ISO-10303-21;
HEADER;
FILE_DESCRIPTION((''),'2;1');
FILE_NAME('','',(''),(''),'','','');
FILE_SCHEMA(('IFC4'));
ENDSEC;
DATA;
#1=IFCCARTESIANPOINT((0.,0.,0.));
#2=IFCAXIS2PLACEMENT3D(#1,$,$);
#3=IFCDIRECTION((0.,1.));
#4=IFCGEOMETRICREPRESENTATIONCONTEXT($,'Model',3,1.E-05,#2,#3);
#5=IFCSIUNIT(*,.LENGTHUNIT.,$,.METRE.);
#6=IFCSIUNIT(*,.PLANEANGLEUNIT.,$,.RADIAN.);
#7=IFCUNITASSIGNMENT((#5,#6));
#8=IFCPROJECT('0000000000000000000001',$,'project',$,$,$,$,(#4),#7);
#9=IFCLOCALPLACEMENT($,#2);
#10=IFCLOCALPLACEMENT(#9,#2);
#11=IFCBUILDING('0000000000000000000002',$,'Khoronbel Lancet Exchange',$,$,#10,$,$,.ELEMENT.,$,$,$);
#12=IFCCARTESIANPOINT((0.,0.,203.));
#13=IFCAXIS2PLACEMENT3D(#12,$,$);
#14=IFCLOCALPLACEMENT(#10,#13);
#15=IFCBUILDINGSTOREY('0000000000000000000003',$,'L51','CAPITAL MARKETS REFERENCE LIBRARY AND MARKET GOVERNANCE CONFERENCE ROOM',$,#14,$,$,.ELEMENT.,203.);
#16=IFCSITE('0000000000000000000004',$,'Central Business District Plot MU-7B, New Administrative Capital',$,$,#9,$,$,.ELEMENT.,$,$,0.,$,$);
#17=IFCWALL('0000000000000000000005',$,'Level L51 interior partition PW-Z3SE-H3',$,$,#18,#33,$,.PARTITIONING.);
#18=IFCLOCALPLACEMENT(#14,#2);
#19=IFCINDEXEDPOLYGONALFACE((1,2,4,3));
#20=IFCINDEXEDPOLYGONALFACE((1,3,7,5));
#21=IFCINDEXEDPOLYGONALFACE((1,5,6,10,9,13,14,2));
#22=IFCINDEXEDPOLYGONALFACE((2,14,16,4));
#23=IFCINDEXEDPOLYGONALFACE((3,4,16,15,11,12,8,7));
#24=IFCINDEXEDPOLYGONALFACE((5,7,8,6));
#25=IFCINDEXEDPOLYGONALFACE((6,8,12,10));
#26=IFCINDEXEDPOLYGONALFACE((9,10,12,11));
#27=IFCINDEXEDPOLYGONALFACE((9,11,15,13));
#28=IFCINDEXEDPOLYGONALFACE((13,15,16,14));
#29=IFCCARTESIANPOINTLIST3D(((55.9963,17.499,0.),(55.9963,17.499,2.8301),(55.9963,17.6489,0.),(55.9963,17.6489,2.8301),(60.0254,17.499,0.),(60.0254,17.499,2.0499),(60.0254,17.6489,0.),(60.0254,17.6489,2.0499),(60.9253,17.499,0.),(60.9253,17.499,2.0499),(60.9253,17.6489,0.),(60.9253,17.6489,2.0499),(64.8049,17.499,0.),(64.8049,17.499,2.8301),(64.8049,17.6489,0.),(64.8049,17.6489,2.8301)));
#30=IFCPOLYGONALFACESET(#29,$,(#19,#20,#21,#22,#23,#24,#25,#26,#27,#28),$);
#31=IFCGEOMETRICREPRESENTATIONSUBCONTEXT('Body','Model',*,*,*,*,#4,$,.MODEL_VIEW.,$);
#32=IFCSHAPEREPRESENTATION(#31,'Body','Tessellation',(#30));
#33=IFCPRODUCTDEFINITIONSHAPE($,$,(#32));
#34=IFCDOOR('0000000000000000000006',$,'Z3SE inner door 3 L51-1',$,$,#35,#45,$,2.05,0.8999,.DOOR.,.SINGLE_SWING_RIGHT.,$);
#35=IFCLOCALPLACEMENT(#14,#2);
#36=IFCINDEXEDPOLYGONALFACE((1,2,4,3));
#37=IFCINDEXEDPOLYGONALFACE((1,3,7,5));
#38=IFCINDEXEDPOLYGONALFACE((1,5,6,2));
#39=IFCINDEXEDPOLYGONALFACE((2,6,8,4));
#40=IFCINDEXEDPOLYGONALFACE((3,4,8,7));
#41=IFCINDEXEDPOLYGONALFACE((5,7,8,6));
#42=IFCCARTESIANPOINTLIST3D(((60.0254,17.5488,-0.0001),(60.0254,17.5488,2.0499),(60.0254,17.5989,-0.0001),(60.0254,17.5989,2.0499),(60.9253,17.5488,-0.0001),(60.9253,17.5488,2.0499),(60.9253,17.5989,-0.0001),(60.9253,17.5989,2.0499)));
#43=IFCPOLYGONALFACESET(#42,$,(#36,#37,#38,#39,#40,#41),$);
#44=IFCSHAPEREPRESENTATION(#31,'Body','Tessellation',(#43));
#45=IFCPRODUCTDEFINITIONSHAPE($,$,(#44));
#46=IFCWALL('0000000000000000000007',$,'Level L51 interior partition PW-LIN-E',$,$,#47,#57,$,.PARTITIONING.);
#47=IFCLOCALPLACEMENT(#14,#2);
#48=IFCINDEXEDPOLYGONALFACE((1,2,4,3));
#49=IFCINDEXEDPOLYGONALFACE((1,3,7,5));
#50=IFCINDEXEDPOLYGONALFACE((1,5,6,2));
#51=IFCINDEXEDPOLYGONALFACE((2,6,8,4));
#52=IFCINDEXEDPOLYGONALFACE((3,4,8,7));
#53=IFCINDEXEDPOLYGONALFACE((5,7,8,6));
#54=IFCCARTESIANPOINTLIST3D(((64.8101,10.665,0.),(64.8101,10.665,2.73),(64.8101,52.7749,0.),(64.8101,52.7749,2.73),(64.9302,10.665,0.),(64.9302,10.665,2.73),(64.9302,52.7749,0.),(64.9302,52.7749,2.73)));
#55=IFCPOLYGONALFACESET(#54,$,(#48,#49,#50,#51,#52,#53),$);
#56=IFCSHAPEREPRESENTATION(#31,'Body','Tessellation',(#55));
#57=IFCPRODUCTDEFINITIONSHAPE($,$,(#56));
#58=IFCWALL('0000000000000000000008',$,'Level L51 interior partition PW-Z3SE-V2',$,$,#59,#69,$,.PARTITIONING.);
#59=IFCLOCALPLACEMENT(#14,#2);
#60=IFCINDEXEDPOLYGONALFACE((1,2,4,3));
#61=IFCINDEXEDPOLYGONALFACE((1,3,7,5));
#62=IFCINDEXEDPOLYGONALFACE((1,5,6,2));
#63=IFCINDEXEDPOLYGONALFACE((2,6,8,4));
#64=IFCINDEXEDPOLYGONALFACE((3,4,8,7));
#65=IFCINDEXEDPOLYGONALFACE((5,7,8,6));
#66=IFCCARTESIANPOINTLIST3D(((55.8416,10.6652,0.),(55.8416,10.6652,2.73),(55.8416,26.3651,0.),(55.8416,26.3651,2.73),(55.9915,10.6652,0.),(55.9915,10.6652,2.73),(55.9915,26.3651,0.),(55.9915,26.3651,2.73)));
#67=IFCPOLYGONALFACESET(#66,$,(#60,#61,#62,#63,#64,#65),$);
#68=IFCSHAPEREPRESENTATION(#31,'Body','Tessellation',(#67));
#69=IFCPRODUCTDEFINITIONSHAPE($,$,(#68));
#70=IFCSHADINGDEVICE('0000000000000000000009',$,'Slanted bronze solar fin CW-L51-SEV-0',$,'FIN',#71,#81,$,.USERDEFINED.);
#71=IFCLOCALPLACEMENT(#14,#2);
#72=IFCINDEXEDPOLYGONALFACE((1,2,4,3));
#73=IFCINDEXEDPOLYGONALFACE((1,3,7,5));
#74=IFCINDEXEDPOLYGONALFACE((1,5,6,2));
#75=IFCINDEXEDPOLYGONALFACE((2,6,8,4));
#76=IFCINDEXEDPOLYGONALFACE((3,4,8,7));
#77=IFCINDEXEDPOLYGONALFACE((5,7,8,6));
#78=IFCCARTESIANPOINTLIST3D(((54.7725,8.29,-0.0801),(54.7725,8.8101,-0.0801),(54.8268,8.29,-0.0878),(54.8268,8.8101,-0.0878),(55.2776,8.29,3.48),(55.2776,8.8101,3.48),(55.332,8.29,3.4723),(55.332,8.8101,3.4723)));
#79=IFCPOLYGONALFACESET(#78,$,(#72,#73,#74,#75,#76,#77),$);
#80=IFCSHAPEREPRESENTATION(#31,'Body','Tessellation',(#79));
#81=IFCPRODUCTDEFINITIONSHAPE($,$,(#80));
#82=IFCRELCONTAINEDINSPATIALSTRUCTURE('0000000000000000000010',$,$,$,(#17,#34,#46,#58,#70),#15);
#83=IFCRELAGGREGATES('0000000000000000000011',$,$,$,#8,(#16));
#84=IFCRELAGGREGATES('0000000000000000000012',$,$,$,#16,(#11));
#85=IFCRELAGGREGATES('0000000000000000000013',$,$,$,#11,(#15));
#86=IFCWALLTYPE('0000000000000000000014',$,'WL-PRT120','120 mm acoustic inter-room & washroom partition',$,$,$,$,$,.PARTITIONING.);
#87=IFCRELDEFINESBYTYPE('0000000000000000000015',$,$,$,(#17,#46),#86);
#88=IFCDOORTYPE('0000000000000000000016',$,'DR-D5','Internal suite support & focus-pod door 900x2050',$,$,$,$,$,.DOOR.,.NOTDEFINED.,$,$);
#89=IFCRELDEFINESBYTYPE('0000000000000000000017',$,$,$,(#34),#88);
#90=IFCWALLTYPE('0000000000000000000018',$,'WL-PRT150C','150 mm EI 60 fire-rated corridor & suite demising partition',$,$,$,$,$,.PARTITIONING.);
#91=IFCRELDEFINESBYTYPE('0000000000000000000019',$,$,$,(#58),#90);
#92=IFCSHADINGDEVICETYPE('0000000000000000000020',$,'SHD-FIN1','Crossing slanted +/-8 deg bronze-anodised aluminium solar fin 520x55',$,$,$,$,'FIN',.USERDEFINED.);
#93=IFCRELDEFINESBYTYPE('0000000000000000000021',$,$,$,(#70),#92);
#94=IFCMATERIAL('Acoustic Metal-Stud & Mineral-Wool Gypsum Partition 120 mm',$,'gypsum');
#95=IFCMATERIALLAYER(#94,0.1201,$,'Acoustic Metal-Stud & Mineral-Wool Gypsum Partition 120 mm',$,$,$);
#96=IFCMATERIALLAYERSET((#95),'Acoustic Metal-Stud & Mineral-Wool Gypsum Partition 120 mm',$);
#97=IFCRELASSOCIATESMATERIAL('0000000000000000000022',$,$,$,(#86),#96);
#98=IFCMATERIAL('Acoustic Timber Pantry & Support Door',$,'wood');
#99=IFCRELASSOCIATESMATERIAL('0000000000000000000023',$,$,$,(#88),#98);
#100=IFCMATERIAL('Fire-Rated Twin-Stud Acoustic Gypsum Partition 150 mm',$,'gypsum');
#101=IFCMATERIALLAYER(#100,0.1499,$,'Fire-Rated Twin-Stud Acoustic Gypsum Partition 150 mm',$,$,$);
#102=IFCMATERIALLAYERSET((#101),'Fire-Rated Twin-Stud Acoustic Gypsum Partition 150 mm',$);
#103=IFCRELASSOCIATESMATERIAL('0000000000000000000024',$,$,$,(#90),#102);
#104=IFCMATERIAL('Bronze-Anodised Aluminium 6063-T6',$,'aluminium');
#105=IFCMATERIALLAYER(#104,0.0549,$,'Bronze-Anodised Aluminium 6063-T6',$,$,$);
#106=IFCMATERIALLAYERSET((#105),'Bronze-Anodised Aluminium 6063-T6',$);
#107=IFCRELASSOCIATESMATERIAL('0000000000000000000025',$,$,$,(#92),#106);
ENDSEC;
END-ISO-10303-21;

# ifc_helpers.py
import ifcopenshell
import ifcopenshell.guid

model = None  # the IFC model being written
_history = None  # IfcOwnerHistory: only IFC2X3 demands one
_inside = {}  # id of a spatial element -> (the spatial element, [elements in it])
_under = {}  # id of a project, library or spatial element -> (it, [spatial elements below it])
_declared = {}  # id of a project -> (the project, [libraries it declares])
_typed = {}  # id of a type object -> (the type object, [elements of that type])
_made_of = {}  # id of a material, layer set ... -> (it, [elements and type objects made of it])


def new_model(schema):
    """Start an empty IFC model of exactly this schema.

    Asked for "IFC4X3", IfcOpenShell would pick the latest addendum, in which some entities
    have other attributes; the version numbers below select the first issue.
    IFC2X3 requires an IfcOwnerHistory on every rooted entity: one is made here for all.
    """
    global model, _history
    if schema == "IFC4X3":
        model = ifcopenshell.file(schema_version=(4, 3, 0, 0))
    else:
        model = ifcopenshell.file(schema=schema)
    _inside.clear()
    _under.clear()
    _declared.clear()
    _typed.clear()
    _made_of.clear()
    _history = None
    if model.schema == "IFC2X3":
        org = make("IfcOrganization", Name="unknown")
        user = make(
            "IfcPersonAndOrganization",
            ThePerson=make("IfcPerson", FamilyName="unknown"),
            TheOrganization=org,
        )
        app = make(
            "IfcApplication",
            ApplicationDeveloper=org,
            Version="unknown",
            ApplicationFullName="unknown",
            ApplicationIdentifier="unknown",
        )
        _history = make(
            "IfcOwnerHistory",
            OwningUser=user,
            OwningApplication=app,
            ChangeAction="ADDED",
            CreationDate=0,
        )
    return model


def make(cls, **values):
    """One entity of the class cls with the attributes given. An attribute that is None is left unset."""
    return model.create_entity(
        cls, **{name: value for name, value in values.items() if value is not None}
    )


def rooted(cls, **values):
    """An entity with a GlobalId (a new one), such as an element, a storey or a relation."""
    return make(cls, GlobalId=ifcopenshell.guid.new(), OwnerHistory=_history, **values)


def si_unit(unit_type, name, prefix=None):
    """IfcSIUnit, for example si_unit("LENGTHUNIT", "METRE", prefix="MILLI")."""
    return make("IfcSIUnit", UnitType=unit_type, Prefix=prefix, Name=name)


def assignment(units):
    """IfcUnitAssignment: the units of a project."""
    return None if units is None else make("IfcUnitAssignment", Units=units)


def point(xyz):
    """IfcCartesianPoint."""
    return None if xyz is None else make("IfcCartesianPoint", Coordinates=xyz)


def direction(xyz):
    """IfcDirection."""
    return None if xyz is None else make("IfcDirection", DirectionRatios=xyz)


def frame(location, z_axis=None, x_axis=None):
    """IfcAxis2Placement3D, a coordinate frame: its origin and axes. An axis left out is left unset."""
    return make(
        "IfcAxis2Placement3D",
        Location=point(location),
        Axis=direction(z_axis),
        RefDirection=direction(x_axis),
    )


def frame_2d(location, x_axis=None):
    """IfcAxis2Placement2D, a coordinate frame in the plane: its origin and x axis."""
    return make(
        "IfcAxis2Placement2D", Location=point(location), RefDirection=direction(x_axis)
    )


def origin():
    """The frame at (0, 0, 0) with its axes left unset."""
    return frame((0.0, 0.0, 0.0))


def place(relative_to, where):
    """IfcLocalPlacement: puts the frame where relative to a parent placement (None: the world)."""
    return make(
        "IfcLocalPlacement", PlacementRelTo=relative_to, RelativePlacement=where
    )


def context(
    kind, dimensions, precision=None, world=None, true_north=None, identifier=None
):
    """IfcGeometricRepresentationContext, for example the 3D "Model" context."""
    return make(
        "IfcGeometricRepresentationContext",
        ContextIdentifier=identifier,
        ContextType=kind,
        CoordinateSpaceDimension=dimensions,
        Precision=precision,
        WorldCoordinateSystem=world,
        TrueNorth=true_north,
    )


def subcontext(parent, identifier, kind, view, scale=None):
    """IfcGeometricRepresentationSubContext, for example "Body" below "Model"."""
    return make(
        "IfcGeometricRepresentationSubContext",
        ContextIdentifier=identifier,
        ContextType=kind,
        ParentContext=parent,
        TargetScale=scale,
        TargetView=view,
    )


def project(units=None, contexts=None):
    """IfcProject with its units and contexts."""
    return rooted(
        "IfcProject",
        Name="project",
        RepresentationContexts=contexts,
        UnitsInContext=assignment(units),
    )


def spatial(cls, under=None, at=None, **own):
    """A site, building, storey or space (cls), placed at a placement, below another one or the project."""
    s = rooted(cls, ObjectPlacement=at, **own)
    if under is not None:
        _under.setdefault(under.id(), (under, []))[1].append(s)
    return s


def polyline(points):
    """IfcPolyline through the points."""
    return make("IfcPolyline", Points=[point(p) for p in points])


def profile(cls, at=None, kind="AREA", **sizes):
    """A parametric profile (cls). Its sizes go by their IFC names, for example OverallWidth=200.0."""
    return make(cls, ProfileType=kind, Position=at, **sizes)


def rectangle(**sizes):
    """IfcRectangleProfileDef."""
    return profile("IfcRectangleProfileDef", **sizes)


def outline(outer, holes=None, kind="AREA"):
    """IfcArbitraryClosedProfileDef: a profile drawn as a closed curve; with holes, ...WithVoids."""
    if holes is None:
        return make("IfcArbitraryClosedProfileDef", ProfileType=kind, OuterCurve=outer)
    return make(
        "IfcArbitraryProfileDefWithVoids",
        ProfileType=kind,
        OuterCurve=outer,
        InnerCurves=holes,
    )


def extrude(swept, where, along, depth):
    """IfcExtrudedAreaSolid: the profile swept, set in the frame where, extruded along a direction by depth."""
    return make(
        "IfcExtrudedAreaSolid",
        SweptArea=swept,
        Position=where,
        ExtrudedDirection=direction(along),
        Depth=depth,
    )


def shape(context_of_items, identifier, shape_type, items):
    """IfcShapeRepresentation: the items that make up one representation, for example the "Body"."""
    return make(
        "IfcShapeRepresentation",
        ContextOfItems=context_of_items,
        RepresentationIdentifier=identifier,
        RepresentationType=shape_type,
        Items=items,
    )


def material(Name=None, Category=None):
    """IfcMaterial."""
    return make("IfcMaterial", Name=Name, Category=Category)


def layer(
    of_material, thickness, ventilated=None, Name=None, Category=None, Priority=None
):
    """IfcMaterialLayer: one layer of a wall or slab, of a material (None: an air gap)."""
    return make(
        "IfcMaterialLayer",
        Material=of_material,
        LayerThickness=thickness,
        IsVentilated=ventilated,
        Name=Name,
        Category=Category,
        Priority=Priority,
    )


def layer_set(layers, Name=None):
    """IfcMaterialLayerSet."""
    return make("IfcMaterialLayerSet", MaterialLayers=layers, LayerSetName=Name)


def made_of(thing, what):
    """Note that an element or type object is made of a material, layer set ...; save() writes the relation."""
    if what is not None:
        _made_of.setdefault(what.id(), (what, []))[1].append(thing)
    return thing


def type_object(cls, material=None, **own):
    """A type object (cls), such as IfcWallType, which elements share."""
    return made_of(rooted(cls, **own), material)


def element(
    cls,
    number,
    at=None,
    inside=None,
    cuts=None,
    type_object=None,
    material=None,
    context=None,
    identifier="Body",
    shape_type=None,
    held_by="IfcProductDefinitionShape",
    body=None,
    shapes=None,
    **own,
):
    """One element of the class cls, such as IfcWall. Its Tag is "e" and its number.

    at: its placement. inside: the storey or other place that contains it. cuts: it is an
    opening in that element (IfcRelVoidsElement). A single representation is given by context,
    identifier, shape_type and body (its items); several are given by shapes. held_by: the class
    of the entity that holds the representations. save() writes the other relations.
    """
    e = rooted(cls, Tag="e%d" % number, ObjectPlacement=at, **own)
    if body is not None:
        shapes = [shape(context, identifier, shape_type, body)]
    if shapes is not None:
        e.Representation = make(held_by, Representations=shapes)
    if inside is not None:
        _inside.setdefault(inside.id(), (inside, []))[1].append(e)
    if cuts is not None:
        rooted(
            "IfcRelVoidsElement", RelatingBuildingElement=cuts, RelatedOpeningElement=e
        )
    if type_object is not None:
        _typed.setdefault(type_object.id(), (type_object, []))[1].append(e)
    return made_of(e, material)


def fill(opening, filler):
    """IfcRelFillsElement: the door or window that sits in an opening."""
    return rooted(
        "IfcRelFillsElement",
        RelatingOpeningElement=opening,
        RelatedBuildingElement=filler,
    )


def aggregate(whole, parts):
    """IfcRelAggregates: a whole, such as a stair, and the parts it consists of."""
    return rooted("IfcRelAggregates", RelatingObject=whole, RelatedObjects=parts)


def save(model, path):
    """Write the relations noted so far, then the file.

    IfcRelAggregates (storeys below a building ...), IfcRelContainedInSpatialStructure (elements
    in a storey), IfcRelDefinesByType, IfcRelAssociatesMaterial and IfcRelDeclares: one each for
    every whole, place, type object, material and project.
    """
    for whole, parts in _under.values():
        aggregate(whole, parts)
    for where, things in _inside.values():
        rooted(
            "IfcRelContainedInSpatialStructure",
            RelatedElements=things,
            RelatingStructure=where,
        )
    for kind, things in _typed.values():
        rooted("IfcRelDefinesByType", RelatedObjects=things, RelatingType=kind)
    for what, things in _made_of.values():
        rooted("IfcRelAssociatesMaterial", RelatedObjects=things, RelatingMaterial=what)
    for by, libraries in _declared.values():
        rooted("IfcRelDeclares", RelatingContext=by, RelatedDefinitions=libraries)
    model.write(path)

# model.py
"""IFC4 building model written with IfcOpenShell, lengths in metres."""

from ifc_helpers import new_model, si_unit, direction, frame, frame_2d, origin, place, context, subcontext, project, spatial, polyline, rectangle, outline, extrude, material, layer, layer_set, type_object, element, fill, save


model = new_model("IFC4")

# Units and contexts
model_context = context("Model", 3, precision=1e-05, world=origin(), true_north=direction((0.0, 1.0)))
body_context = subcontext(model_context, "Body", "Model", "MODEL_VIEW")
ifc_project = project(units=[si_unit("LENGTHUNIT", "METRE"), si_unit("PLANEANGLEUNIT", "RADIAN")], contexts=[model_context])

# Site, building, storey
site_placement = place(None, origin())
site = spatial("IfcSite", under=ifc_project, at=site_placement, Name="Central Business District Plot MU-7B, New Administrative Capital", CompositionType="ELEMENT", RefElevation=0.0)
building_placement = place(site_placement, origin())
building = spatial("IfcBuilding", under=site, at=building_placement, Name="Khoronbel Lancet Exchange", CompositionType="ELEMENT")
storey_placement = place(building_placement, frame((0.0, 0.0, 203.0)))
storey = spatial("IfcBuildingStorey", under=building, at=storey_placement, Name="L51", Description="CAPITAL MARKETS REFERENCE LIBRARY AND MARKET GOVERNANCE CONFERENCE ROOM", CompositionType="ELEMENT", Elevation=203.0)

# Shared definitions
ifc_material_1 = material(Name="Bronze-Anodised Aluminium 6063-T6", Category="aluminium")

# Wall, opening, door
ifc_material_2 = material(Name="Acoustic Metal-Stud & Mineral-Wool Gypsum Partition 120 mm", Category="gypsum")
ifc_layer_1 = layer(ifc_material_2, 0.1201, Name="Acoustic Metal-Stud & Mineral-Wool Gypsum Partition 120 mm")
ifc_layer_set_1 = layer_set([ifc_layer_1], Name="Acoustic Metal-Stud & Mineral-Wool Gypsum Partition 120 mm")
wall_type_1 = type_object("IfcWallType", Name="WL-PRT120", Description="120 mm acoustic inter-room & washroom partition", PredefinedType="PARTITIONING", material=ifc_layer_set_1)
wall_1_placement = place(storey_placement, frame((55.9963, 17.574, 0.0), z_axis=(0.0, 0.0, 1.0), x_axis=(1.0, 0.0, 0.0)))
wall_1 = element("IfcWall", 1, at=wall_1_placement, inside=storey, type_object=wall_type_1, Name="Level L51 interior partition PW-Z3SE-H3", PredefinedType="PARTITIONING", context=body_context, shape_type="SweptSolid", body=[
    extrude(rectangle(XDim=8.8086, YDim=0.1499, at=frame_2d((4.4043, 0.0))), origin(), (0.0, 0.0, 1.0), 2.8301),
])
opening_placement = place(wall_1_placement, frame((4.0291, 0.0, 0.0)))
opening = element("IfcOpeningElement", 2, at=opening_placement, cuts=wall_1, PredefinedType="OPENING", context=body_context, shape_type="SweptSolid", body=[
    extrude(rectangle(XDim=0.8999, YDim=2.05, at=frame_2d((0.45, 1.0249))), frame((0.0, 0.085, 0.0), z_axis=(0.0, -1.0, 0.0), x_axis=(1.0, 0.0, 0.0)), (0.0, 0.0, 1.0), 0.1699),
])
ifc_material_3 = material(Name="Acoustic Timber Pantry & Support Door", Category="wood")
door_type = type_object("IfcDoorType", Name="DR-D5", Description="Internal suite support & focus-pod door 900x2050", OperationType="NOTDEFINED", PredefinedType="DOOR", material=ifc_material_3)
door_placement = place(opening_placement, origin())
door = element("IfcDoor", 3, at=door_placement, inside=storey, type_object=door_type, Name="Z3SE inner door 3 L51-1", OperationType="SINGLE_SWING_RIGHT", OverallHeight=2.05, OverallWidth=0.8999, PredefinedType="DOOR", context=body_context, shape_type="SweptSolid", body=[
    extrude(rectangle(XDim=0.8999, YDim=2.05, at=frame_2d((0.45, 1.0249))), frame((0.0, 0.0249, 0.0), z_axis=(0.0, -1.0, 0.0), x_axis=(1.0, 0.0, 0.0)), (0.0, 0.0, 1.0), 0.05),
])
fill(opening, door)

# Walls
wall_2_placement = place(storey_placement, frame((64.8701, 10.665, 0.0), z_axis=(0.0, 0.0, 1.0), x_axis=(0.0, 1.0, 0.0)))
element("IfcWall", 4, at=wall_2_placement, inside=storey, type_object=wall_type_1, Name="Level L51 interior partition PW-LIN-E", PredefinedType="PARTITIONING", context=body_context, shape_type="SweptSolid", body=[
    extrude(rectangle(XDim=42.1099, YDim=0.1201, at=frame_2d((21.0549, 0.0))), origin(), (0.0, 0.0, 1.0), 2.73),
])
ifc_material_4 = material(Name="Fire-Rated Twin-Stud Acoustic Gypsum Partition 150 mm", Category="gypsum")
ifc_layer_2 = layer(ifc_material_4, 0.1499, Name="Fire-Rated Twin-Stud Acoustic Gypsum Partition 150 mm")
ifc_layer_set_2 = layer_set([ifc_layer_2], Name="Fire-Rated Twin-Stud Acoustic Gypsum Partition 150 mm")
wall_type_2 = type_object("IfcWallType", Name="WL-PRT150C", Description="150 mm EI 60 fire-rated corridor & suite demising partition", PredefinedType="PARTITIONING", material=ifc_layer_set_2)
wall_3_placement = place(storey_placement, frame((55.9165, 10.665, 0.0), z_axis=(0.0, 0.0, 1.0), x_axis=(0.0, 1.0, 0.0)))
element("IfcWall", 5, at=wall_3_placement, inside=storey, type_object=wall_type_2, Name="Level L51 interior partition PW-Z3SE-V2", PredefinedType="PARTITIONING", context=body_context, shape_type="SweptSolid", body=[
    extrude(rectangle(XDim=15.7, YDim=0.1499, at=frame_2d((7.8501, 0.0))), origin(), (0.0, 0.0, 1.0), 2.73),
])

# Shading device
ifc_layer_3 = layer(ifc_material_1, 0.0549, Name="Bronze-Anodised Aluminium 6063-T6")
ifc_layer_set_3 = layer_set([ifc_layer_3], Name="Bronze-Anodised Aluminium 6063-T6")
shading_device_type = type_object("IfcShadingDeviceType", Name="SHD-FIN1", Description="Crossing slanted +/-8 deg bronze-anodised aluminium solar fin 520x55", ElementType="FIN", PredefinedType="USERDEFINED", material=ifc_layer_set_3)
shading_device_placement = place(storey_placement, frame((54.7725, 8.8101, -0.0801), z_axis=(-0.990083, 0.0, 0.14048), x_axis=(0.0, -1.0, 0.0)))
element("IfcShadingDevice", 6, at=shading_device_placement, inside=storey, type_object=shading_device_type, Name="Slanted bronze solar fin CW-L51-SEV-0", ObjectType="FIN", PredefinedType="USERDEFINED", context=body_context, shape_type="SweptSolid", body=[
    extrude(outline(polyline([(0.0, 0.0), (0.52, 0.0), (0.52, 3.5957), (0.0, 3.5957), (0.0, 0.0)])), origin(), (0.0, 0.0, -1.0), 0.0549),
])

save(model, "model.ifc")
